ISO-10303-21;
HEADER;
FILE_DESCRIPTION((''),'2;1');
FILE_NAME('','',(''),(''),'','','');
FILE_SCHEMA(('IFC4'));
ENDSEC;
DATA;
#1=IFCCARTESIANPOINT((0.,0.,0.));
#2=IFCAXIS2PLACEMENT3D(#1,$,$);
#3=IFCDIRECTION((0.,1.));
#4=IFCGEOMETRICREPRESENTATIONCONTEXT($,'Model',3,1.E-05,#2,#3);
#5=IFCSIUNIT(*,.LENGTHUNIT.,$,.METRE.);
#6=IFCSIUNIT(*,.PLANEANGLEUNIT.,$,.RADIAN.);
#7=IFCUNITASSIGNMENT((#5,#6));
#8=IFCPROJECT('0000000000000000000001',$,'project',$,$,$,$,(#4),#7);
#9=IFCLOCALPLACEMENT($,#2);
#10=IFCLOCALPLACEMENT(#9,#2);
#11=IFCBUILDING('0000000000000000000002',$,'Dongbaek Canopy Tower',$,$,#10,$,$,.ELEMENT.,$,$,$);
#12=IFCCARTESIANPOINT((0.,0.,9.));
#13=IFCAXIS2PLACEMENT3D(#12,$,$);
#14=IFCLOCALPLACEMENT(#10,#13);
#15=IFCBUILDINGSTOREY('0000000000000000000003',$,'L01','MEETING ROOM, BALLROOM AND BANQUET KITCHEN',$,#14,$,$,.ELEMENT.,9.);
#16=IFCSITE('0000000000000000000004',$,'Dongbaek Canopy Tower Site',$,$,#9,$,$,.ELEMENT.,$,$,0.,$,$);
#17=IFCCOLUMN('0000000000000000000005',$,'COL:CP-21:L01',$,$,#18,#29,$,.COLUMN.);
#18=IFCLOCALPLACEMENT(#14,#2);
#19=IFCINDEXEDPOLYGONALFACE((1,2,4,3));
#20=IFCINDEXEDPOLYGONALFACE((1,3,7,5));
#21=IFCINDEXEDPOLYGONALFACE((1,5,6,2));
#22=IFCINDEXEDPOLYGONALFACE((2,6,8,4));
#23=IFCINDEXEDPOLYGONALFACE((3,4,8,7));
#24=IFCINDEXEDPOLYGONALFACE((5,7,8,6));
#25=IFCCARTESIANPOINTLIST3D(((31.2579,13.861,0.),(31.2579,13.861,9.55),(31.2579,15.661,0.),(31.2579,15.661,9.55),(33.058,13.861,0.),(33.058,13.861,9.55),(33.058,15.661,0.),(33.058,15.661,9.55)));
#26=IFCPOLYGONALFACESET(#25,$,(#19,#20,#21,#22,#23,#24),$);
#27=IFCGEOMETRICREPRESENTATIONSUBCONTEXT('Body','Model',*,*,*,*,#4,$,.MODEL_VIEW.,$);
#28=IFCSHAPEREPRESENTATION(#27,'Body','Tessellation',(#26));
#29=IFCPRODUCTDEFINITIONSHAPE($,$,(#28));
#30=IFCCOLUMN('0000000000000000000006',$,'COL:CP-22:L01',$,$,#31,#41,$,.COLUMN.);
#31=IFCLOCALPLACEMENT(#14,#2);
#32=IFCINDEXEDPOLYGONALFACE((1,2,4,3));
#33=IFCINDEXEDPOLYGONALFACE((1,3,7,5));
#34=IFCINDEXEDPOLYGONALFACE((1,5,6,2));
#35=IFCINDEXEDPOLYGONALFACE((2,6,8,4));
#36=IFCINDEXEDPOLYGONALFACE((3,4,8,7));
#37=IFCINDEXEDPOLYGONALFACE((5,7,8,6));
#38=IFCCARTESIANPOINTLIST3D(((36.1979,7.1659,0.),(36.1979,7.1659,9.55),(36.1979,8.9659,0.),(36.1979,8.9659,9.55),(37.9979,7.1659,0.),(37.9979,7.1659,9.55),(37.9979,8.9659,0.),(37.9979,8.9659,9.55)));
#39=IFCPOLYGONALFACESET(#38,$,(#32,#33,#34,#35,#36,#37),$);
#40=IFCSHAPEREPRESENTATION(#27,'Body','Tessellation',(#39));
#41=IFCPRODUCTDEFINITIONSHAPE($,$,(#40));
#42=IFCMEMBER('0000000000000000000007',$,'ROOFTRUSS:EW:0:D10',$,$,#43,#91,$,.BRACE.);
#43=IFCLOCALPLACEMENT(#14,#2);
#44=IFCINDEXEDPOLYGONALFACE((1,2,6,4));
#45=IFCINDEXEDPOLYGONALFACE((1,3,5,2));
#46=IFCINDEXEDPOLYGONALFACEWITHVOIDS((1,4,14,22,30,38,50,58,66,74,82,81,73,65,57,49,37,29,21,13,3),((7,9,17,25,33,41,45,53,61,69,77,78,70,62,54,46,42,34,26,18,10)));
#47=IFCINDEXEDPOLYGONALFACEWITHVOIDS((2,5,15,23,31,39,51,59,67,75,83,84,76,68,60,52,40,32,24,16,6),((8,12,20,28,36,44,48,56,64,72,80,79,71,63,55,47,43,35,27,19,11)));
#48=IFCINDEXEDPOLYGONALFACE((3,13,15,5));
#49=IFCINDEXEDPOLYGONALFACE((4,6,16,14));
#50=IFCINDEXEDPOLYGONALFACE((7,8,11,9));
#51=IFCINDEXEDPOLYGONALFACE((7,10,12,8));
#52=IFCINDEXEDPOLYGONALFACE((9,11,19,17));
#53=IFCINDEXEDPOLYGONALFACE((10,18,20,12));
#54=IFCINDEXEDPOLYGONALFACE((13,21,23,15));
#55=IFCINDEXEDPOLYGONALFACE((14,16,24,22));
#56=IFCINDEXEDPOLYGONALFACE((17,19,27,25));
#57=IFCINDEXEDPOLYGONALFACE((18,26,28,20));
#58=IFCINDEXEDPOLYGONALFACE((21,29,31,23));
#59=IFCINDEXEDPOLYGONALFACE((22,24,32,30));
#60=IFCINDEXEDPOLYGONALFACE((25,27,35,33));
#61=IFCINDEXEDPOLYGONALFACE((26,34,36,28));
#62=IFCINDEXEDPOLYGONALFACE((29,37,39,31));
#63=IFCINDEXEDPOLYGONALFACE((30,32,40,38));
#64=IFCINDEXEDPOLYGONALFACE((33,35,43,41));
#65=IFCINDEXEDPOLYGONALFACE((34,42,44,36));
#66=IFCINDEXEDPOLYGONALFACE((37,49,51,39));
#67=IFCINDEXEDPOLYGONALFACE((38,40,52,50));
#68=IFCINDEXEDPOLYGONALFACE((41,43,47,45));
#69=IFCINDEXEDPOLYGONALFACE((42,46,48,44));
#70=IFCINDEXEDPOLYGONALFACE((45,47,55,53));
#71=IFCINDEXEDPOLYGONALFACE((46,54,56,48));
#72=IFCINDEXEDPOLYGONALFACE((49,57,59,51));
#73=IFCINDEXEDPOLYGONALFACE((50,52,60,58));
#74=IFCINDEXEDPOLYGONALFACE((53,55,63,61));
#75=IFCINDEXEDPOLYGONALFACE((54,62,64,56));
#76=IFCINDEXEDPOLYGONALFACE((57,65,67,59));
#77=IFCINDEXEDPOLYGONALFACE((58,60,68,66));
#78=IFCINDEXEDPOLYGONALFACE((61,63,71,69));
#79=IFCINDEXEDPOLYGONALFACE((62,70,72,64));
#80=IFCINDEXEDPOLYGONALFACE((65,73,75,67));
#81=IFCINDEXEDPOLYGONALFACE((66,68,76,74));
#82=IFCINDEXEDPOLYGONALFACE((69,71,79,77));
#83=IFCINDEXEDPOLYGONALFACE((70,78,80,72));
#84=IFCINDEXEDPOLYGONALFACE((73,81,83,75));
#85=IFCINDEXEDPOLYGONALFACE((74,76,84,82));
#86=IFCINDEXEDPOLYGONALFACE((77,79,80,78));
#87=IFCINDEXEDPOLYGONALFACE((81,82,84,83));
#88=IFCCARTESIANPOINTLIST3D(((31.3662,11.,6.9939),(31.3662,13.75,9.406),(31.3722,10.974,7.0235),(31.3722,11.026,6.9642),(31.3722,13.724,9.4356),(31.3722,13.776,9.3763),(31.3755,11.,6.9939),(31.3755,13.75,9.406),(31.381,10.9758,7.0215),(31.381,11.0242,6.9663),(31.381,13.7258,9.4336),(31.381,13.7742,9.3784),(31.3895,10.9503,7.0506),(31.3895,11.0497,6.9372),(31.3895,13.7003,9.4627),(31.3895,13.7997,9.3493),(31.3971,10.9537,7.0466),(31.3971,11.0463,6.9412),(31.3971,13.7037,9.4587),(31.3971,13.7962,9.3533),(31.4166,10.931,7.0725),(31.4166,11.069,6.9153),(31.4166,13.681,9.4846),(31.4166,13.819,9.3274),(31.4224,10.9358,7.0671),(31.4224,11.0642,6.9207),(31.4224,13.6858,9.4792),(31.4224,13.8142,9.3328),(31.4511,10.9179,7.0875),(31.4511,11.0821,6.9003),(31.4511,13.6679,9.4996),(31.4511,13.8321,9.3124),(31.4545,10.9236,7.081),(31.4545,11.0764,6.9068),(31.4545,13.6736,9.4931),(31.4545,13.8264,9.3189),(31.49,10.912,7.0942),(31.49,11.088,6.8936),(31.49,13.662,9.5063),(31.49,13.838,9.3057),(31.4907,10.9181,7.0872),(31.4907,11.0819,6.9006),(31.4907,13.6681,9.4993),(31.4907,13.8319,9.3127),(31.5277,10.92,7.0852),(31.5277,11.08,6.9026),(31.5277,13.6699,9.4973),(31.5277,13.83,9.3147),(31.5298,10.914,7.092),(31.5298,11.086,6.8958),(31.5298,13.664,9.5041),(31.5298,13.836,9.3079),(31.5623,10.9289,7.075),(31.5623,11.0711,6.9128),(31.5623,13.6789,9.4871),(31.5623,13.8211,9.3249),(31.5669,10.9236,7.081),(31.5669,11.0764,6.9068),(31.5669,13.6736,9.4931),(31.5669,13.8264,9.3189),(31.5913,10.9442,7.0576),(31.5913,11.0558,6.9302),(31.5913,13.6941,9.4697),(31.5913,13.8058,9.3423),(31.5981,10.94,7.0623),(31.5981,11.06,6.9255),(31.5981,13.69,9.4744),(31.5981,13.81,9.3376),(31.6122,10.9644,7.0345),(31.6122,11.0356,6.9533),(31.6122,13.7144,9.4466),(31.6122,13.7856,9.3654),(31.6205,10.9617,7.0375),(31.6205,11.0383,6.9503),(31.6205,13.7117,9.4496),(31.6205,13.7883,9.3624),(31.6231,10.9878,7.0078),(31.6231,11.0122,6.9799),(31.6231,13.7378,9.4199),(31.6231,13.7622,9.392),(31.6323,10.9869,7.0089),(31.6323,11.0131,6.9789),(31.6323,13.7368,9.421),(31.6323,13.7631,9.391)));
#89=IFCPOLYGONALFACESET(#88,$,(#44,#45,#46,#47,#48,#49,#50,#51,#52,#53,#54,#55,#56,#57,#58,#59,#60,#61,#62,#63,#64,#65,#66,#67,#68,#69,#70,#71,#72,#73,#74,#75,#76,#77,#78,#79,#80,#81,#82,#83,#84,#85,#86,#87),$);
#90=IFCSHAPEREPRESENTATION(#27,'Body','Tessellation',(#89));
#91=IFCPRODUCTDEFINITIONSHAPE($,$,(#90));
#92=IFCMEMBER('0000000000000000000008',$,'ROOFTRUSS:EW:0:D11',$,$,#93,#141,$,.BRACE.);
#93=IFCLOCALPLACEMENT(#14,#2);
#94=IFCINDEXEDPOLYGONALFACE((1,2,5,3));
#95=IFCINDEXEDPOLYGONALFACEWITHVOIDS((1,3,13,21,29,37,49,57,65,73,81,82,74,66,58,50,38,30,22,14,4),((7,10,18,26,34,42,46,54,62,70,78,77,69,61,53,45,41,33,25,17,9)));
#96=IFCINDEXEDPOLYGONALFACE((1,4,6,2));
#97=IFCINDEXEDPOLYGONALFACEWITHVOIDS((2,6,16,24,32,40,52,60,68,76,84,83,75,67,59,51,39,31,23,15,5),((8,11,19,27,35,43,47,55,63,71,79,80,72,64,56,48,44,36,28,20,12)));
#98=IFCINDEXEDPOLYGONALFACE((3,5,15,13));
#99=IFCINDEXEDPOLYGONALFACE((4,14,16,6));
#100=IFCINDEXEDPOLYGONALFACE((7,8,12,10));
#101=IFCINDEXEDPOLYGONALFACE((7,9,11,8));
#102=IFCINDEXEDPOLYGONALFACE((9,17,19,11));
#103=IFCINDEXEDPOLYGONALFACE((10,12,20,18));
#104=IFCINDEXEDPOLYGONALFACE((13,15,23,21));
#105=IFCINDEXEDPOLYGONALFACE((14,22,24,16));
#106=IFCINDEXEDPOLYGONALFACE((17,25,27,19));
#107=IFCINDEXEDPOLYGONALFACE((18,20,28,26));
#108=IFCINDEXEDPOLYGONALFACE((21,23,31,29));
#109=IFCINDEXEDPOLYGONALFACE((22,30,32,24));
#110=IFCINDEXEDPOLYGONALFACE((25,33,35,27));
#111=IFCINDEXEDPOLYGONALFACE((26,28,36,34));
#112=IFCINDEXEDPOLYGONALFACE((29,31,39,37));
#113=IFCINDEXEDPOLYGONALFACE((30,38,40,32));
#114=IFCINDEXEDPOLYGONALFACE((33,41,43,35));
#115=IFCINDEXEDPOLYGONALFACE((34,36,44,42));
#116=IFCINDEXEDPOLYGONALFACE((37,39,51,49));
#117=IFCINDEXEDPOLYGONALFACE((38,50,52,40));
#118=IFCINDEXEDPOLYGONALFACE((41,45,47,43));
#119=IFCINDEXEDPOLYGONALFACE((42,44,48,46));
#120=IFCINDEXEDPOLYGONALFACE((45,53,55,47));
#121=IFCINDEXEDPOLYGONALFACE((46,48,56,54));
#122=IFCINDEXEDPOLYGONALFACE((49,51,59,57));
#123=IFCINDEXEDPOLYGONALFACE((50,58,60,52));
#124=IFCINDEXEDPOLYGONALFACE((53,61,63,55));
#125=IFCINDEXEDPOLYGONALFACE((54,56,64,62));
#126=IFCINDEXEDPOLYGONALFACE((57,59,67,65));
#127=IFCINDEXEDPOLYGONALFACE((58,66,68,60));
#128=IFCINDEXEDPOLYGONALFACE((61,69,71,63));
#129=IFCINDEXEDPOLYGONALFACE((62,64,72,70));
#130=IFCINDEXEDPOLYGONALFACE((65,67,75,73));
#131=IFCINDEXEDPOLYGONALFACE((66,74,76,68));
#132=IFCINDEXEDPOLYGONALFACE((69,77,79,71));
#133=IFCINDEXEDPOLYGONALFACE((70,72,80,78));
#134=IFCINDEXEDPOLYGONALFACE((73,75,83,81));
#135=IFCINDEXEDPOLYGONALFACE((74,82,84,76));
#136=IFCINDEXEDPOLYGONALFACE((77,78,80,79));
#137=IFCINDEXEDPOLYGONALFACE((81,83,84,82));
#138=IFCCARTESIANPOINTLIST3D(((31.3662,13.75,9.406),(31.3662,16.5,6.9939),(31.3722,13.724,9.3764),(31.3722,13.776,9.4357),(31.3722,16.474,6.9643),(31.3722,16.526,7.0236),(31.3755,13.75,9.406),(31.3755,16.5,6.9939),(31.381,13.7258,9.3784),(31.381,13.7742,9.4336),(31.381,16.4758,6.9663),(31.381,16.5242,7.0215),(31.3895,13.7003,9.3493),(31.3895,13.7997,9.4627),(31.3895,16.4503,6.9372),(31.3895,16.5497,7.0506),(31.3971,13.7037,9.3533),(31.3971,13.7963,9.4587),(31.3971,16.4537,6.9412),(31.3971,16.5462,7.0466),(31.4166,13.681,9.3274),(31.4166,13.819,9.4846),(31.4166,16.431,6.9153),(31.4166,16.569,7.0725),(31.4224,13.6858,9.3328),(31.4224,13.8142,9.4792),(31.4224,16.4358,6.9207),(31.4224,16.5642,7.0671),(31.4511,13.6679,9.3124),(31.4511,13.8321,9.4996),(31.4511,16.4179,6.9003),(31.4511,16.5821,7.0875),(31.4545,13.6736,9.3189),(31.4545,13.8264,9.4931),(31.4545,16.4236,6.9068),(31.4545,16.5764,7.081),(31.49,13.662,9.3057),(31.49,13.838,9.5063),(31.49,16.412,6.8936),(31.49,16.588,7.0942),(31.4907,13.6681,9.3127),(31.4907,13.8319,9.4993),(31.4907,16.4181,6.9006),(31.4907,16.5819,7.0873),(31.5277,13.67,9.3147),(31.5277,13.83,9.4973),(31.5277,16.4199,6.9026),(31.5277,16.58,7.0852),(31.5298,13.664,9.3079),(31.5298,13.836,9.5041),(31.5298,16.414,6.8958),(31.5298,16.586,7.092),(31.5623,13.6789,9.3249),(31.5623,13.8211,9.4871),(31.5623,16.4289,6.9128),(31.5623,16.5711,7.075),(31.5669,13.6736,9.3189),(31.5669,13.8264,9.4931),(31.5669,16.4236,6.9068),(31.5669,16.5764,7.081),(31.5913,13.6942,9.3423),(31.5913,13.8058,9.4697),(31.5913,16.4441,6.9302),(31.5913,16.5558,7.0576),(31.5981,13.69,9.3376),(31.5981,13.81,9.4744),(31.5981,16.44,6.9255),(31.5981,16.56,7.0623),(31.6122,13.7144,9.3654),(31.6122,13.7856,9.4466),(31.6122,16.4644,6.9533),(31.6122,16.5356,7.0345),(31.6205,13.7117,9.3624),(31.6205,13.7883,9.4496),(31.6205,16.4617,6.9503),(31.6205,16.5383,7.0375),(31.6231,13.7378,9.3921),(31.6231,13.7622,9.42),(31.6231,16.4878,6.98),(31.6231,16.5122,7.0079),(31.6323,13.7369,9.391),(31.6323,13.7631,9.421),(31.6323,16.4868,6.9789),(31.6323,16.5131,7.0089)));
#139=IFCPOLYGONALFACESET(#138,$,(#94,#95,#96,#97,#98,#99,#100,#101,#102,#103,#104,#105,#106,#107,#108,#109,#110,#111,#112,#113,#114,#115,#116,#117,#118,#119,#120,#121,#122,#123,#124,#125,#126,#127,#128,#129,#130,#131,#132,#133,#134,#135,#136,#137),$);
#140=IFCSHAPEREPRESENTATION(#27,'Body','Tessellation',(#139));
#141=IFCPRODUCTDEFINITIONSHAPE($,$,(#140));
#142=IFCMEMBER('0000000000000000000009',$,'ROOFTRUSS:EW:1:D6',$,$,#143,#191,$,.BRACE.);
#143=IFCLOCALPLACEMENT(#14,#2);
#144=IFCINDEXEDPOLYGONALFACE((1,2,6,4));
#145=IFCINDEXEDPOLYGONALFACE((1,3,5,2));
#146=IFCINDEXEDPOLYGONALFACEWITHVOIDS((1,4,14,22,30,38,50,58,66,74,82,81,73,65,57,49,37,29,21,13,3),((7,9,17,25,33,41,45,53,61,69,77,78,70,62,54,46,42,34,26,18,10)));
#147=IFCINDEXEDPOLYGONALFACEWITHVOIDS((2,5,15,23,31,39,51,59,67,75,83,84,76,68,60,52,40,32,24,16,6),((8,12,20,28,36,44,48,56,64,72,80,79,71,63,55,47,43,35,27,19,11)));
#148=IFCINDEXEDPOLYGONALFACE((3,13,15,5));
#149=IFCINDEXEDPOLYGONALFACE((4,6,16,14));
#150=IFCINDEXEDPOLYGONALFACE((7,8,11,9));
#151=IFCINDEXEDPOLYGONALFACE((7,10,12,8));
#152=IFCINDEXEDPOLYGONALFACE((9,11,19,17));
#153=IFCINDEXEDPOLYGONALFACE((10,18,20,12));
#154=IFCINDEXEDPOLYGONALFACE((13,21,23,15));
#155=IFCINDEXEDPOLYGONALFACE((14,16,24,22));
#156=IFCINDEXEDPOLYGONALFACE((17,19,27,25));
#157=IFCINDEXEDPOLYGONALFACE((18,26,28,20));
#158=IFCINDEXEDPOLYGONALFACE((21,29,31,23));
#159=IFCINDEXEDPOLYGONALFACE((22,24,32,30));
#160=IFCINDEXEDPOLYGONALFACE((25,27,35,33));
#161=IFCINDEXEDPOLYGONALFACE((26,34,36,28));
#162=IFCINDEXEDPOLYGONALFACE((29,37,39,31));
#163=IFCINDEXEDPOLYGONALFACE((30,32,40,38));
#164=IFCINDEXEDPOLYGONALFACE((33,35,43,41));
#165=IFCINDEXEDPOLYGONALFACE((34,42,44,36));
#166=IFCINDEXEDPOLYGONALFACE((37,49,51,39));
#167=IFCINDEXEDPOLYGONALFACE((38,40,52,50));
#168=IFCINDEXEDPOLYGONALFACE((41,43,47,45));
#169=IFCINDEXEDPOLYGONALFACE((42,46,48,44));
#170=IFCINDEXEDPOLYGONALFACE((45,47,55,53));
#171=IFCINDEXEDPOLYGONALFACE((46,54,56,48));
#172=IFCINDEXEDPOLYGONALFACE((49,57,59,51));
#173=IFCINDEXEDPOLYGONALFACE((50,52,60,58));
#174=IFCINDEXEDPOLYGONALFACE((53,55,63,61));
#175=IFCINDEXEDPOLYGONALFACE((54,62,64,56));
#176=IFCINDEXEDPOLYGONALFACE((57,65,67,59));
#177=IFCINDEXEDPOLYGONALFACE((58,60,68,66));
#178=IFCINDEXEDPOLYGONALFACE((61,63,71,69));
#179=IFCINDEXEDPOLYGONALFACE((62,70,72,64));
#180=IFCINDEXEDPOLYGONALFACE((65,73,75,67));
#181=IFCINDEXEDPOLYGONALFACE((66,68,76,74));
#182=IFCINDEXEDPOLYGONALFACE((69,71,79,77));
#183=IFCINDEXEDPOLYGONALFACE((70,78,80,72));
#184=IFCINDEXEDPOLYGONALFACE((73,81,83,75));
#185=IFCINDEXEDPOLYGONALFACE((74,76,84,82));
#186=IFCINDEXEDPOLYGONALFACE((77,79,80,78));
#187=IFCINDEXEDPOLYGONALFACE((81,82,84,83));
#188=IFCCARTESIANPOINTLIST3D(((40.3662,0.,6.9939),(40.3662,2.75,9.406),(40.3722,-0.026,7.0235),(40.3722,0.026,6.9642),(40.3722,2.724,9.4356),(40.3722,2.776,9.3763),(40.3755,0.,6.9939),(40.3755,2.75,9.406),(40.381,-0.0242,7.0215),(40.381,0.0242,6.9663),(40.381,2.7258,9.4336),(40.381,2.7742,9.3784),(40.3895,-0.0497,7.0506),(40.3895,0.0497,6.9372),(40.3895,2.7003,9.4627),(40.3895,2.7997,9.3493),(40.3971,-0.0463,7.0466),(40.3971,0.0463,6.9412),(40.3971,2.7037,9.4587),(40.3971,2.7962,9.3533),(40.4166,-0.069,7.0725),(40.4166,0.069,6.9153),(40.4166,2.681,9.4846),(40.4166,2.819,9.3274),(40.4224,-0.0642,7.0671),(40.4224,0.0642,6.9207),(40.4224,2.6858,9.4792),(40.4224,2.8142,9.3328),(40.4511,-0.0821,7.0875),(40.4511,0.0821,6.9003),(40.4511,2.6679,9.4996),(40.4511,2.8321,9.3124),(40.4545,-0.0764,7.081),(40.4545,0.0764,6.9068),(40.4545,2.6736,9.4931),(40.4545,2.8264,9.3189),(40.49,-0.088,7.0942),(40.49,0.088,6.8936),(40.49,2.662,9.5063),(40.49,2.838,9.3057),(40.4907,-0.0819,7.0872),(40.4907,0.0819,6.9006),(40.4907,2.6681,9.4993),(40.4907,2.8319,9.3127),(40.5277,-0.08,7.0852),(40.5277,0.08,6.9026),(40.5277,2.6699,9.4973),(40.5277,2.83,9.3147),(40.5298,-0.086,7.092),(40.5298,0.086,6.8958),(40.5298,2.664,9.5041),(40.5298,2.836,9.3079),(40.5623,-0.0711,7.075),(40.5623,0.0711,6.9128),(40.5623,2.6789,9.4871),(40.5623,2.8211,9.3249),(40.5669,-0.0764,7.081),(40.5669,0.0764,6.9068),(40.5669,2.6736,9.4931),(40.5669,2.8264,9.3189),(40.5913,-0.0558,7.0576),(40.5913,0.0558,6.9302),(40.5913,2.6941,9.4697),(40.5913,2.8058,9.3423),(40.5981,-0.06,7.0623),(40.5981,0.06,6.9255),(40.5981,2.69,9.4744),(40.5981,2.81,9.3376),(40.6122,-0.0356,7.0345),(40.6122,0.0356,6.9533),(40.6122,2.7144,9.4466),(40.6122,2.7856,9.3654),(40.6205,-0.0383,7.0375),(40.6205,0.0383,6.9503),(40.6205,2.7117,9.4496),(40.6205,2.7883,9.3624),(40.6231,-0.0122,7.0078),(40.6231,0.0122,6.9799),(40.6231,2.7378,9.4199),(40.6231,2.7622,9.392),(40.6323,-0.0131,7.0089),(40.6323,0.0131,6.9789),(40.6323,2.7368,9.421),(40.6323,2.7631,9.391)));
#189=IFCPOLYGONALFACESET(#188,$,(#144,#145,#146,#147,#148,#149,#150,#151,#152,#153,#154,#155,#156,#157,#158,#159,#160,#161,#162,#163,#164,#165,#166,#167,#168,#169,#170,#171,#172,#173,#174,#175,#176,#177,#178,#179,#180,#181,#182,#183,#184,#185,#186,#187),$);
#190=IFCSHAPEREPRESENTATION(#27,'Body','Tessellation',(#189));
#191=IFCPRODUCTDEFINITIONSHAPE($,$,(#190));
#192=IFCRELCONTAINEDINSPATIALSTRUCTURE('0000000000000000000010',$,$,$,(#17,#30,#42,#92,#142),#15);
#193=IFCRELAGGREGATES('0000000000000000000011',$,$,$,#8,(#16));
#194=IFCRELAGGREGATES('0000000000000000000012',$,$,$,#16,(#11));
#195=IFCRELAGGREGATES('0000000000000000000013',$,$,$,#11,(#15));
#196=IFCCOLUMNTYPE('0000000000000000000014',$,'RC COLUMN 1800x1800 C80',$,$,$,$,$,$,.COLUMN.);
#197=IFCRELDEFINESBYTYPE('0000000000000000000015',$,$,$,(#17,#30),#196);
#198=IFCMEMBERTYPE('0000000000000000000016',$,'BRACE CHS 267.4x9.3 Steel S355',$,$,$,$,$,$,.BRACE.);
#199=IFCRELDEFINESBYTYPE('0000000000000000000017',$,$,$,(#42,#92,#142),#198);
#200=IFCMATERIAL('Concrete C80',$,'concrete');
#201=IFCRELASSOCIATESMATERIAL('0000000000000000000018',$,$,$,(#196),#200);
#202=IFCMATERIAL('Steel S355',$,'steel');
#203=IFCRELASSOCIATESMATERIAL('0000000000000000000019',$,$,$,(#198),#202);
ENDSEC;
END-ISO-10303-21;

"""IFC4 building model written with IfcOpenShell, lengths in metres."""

from ifc_helpers import new_model, si_unit, direction, frame, origin, origin_2d, place, context, subcontext, project, spatial, rectangle, hollow_circle, extrude, material, material_profile, profile_set, type_object, element, save


model = new_model("IFC4")

# Units and contexts
model_context = context("Model", 3, precision=1e-05, world=origin(), true_north=direction((0.0, 1.0)))
body_context = subcontext(model_context, "Body", "Model", "MODEL_VIEW")
ifc_project = project(units=[si_unit("LENGTHUNIT", "METRE"), si_unit("PLANEANGLEUNIT", "RADIAN")], contexts=[model_context])

# Site, building, storey
site_placement = place(None, origin())
site = spatial("IfcSite", under=ifc_project, at=site_placement, Name="Dongbaek Canopy Tower Site", CompositionType="ELEMENT", RefElevation=0.0)
building_placement = place(site_placement, origin())
building = spatial("IfcBuilding", under=site, at=building_placement, Name="Dongbaek Canopy Tower", CompositionType="ELEMENT")
storey_placement = place(building_placement, frame((0.0, 0.0, 9.0)))
storey = spatial("IfcBuildingStorey", under=building, at=storey_placement, Name="L01", Description="MEETING ROOM, BALLROOM AND BANQUET KITCHEN", CompositionType="ELEMENT", Elevation=9.0)

# Columns
ifc_material_1 = material(Name="Concrete C80", Category="concrete")
ifc_material_profile_1 = material_profile(ifc_material_1, rectangle(XDim=1.8, YDim=1.8, at=origin_2d()), Name="RC COLUMN 1800x1800 C80")
ifc_profile_set_1 = profile_set([ifc_material_profile_1], Name="Concrete C80")
column_type = type_object("IfcColumnType", Name="RC COLUMN 1800x1800 C80", PredefinedType="COLUMN", material=ifc_profile_set_1)
for number, where, z_axis, x_axis, name in (
    (1, (32.158, 14.761, 0.0), (0.0, 0.0, 1.0), (1.0, 0.0, 0.0), "COL:CP-21:L01"),
    (2, (37.0979, 8.0659, 0.0), (0.0, 0.0, 1.0), (1.0, 0.0, 0.0), "COL:CP-22:L01"),
):
    element("IfcColumn", number, at=place(storey_placement, frame(where, z_axis=z_axis, x_axis=x_axis)), inside=storey, type_object=column_type, Name=name, PredefinedType="COLUMN", context=body_context, shape_type="SweptSolid", body=[
        extrude(rectangle(XDim=1.8, YDim=1.8, at=origin_2d()), origin(), (0.0, 0.0, 1.0), 9.55),
    ])

# Members
ifc_material_2 = material(Name="Steel S355", Category="steel")
ifc_material_profile_2 = material_profile(ifc_material_2, hollow_circle(Radius=0.1338, WallThickness=0.0093, at=origin_2d()), Name="BRACE CHS 267.4x9.3 Steel S355")
ifc_profile_set_2 = profile_set([ifc_material_profile_2], Name="Steel S355")
member_type_1 = type_object("IfcMemberType", Name="BRACE CHS 267.4x9.3 Steel S355", PredefinedType="BRACE", material=ifc_profile_set_2)
for number, where, z_axis, x_axis, name in (
    (3, (31.5, 11.0, 6.9939), (0.0, 0.751782, 0.659411), (-1.0, 0.0, 0.0), "ROOFTRUSS:EW:0:D10"),
    (4, (31.5, 13.75, 9.406), (0.0, 0.751782, -0.659411), (-1.0, 0.0, 0.0), "ROOFTRUSS:EW:0:D11"),
    (5, (40.5, 0.0, 6.9939), (0.0, 0.751782, 0.659411), (-1.0, 0.0, 0.0), "ROOFTRUSS:EW:1:D6"),
):
    element("IfcMember", number, at=place(storey_placement, frame(where, z_axis=z_axis, x_axis=x_axis)), inside=storey, type_object=member_type_1, Name=name, PredefinedType="BRACE", context=body_context, shape_type="SweptSolid", body=[
        extrude(hollow_circle(Radius=0.1338, WallThickness=0.0093, at=origin_2d()), origin(), (0.0, 0.0, 1.0), 3.658),
    ])

save(model, "model.ifc")
